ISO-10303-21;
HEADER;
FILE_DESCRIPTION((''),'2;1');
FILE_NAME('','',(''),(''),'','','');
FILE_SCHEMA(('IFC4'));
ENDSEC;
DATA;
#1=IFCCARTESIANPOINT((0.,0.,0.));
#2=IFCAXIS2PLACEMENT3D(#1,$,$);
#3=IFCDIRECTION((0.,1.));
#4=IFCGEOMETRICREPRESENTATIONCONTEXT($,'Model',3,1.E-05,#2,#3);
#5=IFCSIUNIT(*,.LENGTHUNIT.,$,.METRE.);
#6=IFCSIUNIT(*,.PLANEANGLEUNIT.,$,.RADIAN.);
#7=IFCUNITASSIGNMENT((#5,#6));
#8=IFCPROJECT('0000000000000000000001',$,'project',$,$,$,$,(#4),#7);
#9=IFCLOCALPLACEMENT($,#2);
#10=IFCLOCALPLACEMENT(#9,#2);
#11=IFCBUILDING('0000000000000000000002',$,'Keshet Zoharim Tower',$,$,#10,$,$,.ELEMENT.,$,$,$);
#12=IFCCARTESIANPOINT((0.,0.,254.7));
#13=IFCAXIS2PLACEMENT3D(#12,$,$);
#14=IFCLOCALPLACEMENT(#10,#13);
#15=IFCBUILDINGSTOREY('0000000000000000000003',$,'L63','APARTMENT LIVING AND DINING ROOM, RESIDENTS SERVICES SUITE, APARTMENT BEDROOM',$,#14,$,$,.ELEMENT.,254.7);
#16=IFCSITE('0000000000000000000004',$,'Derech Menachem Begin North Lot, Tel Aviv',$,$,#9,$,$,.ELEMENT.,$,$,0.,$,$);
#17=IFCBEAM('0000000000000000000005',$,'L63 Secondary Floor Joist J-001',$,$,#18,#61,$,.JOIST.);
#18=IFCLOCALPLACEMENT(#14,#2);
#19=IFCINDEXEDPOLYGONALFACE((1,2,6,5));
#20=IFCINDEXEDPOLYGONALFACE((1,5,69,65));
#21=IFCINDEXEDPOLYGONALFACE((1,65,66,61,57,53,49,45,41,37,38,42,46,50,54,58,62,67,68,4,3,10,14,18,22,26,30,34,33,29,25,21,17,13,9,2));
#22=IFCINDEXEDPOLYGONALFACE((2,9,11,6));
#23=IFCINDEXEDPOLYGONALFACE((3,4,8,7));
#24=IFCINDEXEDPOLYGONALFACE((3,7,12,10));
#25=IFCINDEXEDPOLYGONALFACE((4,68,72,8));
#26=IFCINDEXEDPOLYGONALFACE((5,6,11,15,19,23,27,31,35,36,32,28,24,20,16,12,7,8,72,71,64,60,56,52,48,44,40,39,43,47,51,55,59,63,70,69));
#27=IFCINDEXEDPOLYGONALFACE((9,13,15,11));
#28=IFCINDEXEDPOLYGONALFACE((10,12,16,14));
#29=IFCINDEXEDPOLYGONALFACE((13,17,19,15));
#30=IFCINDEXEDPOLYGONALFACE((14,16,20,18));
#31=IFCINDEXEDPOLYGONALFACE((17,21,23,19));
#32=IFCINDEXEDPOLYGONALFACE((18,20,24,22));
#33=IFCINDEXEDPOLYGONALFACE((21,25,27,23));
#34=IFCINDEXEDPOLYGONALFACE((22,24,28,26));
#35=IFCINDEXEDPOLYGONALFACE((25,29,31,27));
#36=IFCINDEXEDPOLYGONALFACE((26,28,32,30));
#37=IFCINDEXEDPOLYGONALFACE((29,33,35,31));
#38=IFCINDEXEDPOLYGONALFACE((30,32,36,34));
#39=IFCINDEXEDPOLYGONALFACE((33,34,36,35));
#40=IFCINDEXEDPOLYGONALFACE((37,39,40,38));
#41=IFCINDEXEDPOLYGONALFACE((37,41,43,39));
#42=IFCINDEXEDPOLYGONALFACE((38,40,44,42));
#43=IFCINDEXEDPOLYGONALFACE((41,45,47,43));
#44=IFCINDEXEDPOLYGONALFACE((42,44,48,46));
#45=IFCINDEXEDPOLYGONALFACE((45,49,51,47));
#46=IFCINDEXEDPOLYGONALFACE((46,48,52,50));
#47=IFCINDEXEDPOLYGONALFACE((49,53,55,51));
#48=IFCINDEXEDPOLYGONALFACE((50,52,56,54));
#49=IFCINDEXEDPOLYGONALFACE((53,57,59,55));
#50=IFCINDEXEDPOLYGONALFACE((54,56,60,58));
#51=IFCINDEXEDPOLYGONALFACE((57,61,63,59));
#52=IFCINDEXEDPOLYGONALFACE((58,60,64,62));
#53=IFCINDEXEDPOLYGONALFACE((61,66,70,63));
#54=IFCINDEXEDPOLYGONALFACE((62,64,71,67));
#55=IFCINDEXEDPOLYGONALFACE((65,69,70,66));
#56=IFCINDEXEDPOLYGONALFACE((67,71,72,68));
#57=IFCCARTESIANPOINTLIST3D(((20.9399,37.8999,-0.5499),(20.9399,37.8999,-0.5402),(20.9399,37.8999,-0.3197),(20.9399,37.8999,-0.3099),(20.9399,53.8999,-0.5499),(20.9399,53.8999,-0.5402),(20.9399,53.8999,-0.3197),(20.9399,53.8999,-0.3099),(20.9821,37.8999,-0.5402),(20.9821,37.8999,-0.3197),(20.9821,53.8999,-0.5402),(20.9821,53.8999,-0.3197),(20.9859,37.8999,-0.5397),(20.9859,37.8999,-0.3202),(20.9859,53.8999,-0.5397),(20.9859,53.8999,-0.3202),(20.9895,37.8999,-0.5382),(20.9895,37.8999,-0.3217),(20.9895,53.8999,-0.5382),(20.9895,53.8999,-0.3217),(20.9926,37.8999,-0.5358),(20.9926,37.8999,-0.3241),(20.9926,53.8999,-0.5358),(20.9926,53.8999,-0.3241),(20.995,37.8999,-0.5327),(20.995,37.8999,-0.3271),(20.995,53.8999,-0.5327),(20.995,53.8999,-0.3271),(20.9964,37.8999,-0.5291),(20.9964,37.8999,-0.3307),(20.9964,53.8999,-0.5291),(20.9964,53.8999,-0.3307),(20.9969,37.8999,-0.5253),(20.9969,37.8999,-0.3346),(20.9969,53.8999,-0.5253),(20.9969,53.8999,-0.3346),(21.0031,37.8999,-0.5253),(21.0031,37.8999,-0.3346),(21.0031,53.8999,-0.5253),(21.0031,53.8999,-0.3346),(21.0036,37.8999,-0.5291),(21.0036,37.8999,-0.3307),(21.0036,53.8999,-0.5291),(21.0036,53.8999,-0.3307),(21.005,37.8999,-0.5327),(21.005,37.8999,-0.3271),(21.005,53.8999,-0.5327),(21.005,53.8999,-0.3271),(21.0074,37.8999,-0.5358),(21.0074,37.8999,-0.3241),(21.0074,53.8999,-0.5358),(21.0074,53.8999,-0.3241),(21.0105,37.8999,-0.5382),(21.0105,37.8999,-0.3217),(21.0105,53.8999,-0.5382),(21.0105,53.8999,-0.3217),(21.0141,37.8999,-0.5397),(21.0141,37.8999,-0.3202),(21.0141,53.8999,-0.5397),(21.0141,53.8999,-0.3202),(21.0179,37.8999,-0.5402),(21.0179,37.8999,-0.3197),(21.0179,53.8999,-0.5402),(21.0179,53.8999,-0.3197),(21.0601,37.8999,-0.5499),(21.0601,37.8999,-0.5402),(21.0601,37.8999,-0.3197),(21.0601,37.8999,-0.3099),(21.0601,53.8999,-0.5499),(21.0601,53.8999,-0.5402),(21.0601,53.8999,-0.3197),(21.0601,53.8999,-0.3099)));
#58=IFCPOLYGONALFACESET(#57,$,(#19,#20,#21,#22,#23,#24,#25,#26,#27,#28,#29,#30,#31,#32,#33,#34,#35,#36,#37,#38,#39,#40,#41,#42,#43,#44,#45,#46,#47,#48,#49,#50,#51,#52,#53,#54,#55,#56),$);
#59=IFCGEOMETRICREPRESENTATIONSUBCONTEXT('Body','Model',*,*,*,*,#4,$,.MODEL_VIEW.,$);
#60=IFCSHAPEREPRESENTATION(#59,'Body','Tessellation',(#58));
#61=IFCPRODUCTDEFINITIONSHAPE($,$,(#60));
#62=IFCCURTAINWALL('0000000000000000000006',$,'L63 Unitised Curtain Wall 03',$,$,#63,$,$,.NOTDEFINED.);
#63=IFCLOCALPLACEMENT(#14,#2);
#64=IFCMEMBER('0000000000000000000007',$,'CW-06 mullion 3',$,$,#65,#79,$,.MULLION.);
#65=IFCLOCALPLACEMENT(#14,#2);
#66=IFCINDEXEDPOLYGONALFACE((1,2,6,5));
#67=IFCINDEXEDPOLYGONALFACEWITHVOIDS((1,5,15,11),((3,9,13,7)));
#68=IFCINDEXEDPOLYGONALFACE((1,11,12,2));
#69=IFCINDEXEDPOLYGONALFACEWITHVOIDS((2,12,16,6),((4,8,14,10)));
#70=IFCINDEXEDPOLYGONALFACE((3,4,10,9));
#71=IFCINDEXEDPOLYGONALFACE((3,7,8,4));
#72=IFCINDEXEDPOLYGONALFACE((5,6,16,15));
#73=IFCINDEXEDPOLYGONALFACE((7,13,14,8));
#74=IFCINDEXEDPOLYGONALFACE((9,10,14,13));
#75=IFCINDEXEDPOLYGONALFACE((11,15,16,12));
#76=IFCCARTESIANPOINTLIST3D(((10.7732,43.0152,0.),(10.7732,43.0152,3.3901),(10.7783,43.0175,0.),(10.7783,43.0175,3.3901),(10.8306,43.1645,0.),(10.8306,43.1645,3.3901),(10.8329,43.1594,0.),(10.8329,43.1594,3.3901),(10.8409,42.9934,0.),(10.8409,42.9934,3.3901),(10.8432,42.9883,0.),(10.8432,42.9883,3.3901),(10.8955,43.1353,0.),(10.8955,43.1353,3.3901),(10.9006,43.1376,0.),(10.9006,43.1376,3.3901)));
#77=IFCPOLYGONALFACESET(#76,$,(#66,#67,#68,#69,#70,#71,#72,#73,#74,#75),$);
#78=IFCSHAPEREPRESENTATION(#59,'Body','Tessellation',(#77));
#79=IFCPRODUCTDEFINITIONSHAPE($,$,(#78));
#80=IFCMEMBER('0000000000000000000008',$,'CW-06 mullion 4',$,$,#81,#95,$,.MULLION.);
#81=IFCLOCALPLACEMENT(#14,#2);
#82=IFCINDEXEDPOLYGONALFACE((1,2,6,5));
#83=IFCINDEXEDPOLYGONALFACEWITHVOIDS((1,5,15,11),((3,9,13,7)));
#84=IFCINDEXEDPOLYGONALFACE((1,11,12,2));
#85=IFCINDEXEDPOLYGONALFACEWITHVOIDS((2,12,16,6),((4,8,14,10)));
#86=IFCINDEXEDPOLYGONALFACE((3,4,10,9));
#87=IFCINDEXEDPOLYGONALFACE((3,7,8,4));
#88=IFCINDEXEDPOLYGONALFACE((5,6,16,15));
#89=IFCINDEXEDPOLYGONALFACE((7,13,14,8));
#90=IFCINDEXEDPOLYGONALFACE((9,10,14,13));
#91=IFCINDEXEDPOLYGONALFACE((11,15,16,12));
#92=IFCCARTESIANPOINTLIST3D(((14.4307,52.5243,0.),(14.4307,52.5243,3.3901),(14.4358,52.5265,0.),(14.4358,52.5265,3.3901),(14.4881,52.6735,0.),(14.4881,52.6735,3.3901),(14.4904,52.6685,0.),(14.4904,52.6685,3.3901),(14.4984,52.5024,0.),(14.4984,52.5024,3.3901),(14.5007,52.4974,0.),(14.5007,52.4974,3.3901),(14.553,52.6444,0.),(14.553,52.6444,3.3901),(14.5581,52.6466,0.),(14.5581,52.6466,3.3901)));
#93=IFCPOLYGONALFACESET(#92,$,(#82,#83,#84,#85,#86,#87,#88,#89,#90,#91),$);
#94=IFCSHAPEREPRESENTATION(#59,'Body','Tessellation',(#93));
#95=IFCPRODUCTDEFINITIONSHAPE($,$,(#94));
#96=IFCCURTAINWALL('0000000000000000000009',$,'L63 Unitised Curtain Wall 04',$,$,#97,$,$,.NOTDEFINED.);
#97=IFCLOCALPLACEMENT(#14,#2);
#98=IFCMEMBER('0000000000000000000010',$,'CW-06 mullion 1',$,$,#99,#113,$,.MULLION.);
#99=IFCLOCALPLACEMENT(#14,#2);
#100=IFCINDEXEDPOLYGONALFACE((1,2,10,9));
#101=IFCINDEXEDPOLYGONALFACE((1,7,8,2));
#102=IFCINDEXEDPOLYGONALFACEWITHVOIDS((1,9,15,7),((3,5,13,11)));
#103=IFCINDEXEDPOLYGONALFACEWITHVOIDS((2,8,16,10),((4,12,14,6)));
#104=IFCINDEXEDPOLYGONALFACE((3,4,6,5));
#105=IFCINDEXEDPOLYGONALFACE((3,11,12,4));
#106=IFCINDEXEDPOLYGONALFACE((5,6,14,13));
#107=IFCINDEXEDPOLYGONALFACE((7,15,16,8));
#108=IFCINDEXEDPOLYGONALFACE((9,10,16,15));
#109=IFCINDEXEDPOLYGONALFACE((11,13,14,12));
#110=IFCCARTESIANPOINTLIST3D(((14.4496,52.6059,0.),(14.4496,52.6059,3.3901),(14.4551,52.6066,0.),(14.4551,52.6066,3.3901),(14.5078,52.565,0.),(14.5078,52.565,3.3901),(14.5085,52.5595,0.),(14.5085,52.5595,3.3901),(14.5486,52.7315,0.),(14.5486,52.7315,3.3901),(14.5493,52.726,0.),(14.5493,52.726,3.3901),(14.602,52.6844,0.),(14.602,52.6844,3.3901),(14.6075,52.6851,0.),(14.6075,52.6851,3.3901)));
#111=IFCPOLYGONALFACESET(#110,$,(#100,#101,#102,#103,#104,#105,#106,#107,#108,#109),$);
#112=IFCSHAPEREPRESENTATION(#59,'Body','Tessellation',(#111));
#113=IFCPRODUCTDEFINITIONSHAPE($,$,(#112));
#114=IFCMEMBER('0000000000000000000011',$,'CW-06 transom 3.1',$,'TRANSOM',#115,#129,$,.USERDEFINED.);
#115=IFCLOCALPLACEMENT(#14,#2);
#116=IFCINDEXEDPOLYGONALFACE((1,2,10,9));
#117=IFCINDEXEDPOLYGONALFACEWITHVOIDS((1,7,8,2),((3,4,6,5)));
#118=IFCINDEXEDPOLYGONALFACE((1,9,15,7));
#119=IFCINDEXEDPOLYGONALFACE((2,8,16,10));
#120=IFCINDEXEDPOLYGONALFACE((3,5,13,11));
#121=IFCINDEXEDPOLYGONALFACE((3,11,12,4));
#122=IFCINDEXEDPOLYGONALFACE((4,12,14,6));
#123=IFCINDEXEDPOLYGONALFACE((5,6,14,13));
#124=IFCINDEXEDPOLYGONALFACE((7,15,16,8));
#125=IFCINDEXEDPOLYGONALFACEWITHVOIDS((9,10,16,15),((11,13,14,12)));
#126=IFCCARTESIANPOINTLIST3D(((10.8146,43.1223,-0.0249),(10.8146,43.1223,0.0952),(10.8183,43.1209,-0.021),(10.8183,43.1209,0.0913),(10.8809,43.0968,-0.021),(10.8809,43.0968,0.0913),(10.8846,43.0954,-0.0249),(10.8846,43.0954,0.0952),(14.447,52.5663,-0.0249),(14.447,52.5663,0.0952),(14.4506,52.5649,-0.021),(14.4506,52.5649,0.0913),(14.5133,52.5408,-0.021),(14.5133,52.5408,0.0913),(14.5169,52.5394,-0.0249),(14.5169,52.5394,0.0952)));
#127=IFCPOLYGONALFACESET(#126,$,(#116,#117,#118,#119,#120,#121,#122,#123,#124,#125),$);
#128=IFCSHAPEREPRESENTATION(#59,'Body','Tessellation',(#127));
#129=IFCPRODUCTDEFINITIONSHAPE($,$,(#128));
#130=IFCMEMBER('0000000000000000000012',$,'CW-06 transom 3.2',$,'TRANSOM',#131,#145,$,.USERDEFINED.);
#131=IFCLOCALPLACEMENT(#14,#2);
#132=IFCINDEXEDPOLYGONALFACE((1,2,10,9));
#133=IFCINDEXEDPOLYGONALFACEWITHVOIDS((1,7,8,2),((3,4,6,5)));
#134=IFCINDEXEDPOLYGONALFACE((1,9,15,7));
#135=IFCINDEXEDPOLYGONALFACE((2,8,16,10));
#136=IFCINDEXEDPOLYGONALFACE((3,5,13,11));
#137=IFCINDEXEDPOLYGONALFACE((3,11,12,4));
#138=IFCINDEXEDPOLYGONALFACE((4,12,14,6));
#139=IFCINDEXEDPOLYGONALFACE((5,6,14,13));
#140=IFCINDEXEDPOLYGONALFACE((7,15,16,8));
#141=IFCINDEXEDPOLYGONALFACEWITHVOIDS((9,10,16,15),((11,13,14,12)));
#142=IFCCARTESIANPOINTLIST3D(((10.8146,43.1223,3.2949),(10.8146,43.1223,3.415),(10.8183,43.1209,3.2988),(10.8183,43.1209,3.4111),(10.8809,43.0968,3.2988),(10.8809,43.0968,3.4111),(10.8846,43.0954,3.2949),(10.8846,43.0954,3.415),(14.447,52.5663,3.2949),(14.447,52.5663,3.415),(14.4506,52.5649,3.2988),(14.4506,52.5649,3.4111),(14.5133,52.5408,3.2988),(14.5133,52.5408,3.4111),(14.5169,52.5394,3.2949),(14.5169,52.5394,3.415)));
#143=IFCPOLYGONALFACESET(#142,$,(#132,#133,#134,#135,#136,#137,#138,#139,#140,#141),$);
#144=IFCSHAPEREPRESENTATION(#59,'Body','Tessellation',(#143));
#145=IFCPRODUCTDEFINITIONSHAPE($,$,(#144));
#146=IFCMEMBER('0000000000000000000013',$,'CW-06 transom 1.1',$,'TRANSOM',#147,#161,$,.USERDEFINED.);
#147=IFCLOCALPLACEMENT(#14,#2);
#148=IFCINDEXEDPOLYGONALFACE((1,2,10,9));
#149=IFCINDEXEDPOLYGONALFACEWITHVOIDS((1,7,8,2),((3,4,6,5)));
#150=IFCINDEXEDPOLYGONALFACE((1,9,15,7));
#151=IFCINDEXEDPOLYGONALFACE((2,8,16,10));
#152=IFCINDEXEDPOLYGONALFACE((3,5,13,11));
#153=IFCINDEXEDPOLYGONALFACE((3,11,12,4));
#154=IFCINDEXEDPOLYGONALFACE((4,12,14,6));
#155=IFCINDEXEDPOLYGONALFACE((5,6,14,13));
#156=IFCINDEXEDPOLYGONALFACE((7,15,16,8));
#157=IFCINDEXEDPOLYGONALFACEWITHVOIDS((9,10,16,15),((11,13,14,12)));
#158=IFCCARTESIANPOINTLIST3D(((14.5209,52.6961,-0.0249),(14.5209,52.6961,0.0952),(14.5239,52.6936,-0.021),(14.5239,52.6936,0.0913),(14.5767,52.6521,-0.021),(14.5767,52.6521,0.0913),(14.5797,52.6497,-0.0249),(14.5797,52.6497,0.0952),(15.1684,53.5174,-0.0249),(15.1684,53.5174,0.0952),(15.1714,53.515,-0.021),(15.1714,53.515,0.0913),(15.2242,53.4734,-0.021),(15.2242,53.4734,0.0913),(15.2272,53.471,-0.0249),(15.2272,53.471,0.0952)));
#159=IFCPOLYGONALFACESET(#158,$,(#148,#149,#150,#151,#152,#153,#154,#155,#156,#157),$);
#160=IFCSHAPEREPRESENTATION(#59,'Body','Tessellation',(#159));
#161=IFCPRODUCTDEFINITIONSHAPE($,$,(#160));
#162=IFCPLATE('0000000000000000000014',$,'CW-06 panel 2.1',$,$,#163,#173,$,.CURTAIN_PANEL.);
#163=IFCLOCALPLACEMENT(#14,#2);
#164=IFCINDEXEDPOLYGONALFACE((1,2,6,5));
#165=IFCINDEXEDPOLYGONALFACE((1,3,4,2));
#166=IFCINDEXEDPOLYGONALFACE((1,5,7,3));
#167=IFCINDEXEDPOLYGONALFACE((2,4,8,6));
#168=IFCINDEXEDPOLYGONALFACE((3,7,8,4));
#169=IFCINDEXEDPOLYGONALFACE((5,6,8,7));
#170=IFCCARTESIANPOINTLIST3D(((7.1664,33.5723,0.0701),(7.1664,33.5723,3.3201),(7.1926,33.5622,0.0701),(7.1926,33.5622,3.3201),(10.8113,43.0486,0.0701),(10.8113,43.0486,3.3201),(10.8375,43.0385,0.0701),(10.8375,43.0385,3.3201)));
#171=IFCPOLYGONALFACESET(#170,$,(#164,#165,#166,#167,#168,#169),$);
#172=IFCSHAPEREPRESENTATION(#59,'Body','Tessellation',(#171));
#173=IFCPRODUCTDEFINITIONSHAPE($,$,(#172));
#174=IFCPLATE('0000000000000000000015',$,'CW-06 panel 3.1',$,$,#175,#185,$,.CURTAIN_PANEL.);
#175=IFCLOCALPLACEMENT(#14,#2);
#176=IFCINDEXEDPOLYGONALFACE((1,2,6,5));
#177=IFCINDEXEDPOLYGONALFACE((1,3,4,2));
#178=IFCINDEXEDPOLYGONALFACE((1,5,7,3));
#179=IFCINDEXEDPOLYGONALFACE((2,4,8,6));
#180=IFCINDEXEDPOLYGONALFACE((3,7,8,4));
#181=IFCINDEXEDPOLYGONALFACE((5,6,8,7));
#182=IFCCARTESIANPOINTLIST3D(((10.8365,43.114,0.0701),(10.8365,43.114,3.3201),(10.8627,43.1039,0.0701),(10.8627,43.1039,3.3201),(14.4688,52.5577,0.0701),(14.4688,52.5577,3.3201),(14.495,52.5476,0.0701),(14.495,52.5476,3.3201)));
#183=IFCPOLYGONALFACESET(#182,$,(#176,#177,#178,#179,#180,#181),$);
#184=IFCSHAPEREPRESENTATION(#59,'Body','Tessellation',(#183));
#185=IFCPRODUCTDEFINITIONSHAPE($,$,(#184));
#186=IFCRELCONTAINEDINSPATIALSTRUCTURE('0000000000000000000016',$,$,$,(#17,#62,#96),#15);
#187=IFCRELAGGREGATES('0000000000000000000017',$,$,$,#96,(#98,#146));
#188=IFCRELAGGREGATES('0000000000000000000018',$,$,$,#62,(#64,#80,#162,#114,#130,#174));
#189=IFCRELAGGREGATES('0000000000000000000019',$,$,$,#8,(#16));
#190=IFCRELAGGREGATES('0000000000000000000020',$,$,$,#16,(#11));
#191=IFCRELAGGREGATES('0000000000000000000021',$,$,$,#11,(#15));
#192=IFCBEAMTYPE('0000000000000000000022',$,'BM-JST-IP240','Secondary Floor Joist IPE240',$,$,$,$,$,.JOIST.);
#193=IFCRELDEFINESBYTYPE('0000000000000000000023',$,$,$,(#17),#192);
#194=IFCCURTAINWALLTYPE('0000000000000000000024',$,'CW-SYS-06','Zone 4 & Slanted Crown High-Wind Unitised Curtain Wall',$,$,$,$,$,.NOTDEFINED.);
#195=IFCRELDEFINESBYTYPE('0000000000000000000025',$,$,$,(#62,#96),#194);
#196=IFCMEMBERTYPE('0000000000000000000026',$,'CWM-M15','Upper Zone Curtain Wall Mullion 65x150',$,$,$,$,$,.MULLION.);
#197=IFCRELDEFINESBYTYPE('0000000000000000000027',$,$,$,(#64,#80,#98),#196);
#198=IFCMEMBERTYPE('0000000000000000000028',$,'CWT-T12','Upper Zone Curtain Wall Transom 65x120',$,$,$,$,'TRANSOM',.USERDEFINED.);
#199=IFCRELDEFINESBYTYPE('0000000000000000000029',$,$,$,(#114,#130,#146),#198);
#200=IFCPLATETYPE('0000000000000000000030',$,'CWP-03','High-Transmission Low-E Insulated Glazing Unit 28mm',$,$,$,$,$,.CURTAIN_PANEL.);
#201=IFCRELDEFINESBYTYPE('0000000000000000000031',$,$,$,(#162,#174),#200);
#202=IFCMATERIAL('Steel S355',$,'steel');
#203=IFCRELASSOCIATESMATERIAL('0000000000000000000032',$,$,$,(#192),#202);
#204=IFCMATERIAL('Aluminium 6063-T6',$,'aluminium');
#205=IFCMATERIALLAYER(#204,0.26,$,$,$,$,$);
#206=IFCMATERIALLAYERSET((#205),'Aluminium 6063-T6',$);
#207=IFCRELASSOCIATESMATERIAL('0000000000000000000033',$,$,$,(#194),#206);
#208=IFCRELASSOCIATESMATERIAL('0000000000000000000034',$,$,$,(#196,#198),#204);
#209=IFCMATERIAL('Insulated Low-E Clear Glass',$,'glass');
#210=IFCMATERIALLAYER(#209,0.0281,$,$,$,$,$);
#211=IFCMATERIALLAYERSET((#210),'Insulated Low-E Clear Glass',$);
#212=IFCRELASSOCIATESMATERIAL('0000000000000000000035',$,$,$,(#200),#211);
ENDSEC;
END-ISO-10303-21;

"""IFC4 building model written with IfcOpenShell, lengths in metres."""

from ifc_helpers import new_model, si_unit, direction, frame, origin, origin_2d, place, context, subcontext, project, spatial, rectangle, hollow_rectangle, i_section, extrude, material, layer, layer_set, material_profile, profile_set, type_object, element, aggregate, save


model = new_model("IFC4")

# Units and contexts
model_context = context("Model", 3, precision=1e-05, world=origin(), true_north=direction((0.0, 1.0)))
body_context = subcontext(model_context, "Body", "Model", "MODEL_VIEW")
ifc_project = project(units=[si_unit("LENGTHUNIT", "METRE"), si_unit("PLANEANGLEUNIT", "RADIAN")], contexts=[model_context])

# Site, building, storey
site_placement = place(None, origin())
site = spatial("IfcSite", under=ifc_project, at=site_placement, Name="Derech Menachem Begin North Lot, Tel Aviv", CompositionType="ELEMENT", RefElevation=0.0)
building_placement = place(site_placement, origin())
building = spatial("IfcBuilding", under=site, at=building_placement, Name="Keshet Zoharim Tower", CompositionType="ELEMENT")
storey_placement = place(building_placement, frame((0.0, 0.0, 254.7)))
storey = spatial("IfcBuildingStorey", under=building, at=storey_placement, Name="L63", Description="APARTMENT LIVING AND DINING ROOM, RESIDENTS SERVICES SUITE, APARTMENT BEDROOM", CompositionType="ELEMENT", Elevation=254.7)

# Beam
ifc_material_1 = material(Name="Steel S355", Category="steel")
ifc_material_profile_1 = material_profile(ifc_material_1, i_section(OverallWidth=0.1201, OverallDepth=0.24, WebThickness=0.0061, FlangeThickness=0.0098, FilletRadius=0.0149, at=origin_2d()), Name="IPE240")
ifc_profile_set_1 = profile_set([ifc_material_profile_1], Name="Steel S355")
beam_type = type_object("IfcBeamType", Name="BM-JST-IP240", Description="Secondary Floor Joist IPE240", PredefinedType="JOIST", material=ifc_profile_set_1)
beam_placement = place(storey_placement, frame((21.0, 37.8999, -0.4299), z_axis=(0.0, 1.0, 0.0), x_axis=(-1.0, 0.0, 0.0)))
element("IfcBeam", 1, at=beam_placement, inside=storey, type_object=beam_type, Name="L63 Secondary Floor Joist J-001", PredefinedType="JOIST", context=body_context, shape_type="SweptSolid", body=[
    extrude(i_section(OverallWidth=0.1201, OverallDepth=0.24, WebThickness=0.0061, FlangeThickness=0.0098, FilletRadius=0.0149, at=origin_2d()), origin(), (0.0, 0.0, 1.0), 16.0),
])

# Curtain wall, members
ifc_material_2 = material(Name="Aluminium 6063-T6", Category="aluminium")
ifc_layer_1 = layer(ifc_material_2, 0.26)
ifc_layer_set_1 = layer_set([ifc_layer_1], Name="Aluminium 6063-T6")
curtain_wall_type = type_object("IfcCurtainWallType", Name="CW-SYS-06", Description="Zone 4 & Slanted Crown High-Wind Unitised Curtain Wall", PredefinedType="NOTDEFINED", material=ifc_layer_set_1)
curtain_wall_1_placement = place(storey_placement, origin())
curtain_wall_1 = element("IfcCurtainWall", 2, at=curtain_wall_1_placement, inside=storey, type_object=curtain_wall_type, Name="L63 Unitised Curtain Wall 03", PredefinedType="NOTDEFINED")
ifc_material_profile_2 = material_profile(ifc_material_2, hollow_rectangle(XDim=0.075, YDim=0.1599, WallThickness=0.0039, at=origin_2d()), Name="MUL-75x160")
ifc_profile_set_2 = profile_set([ifc_material_profile_2], Name="Aluminium 6063-T6")
member_type_1 = type_object("IfcMemberType", Name="CWM-M15", Description="Upper Zone Curtain Wall Mullion 65x150", PredefinedType="MULLION", material=ifc_profile_set_2)
member_1_placement = place(storey_placement, frame((10.8369, 43.0764, 0.0), z_axis=(0.0, 0.0, 1.0), x_axis=(-0.933341, 0.35899, 0.0)))
member_1 = element("IfcMember", 3, at=member_1_placement, type_object=member_type_1, Name="CW-06 mullion 3", PredefinedType="MULLION", context=body_context, shape_type="SweptSolid", body=[
    extrude(hollow_rectangle(XDim=0.075, YDim=0.1599, WallThickness=0.0039, at=origin_2d()), origin(), (0.0, 0.0, 1.0), 3.3901),
])
member_2_placement = place(storey_placement, frame((14.4944, 52.5854, 0.0), z_axis=(0.0, 0.0, 1.0), x_axis=(-0.933341, 0.35899, 0.0)))
member_2 = element("IfcMember", 4, at=member_2_placement, type_object=member_type_1, Name="CW-06 mullion 4", PredefinedType="MULLION", context=body_context, shape_type="SweptSolid", body=[
    extrude(hollow_rectangle(XDim=0.075, YDim=0.1599, WallThickness=0.0039, at=origin_2d()), origin(), (0.0, 0.0, 1.0), 3.3901),
])

# Curtain wall, member
curtain_wall_2_placement = place(storey_placement, origin())
curtain_wall_2 = element("IfcCurtainWall", 5, at=curtain_wall_2_placement, inside=storey, type_object=curtain_wall_type, Name="L63 Unitised Curtain Wall 04", PredefinedType="NOTDEFINED")
member_3_placement = place(storey_placement, frame((14.5286, 52.6455, 0.0), z_axis=(0.0, 0.0, 1.0), x_axis=(-0.785293, 0.619125, 0.0)))
member_3 = element("IfcMember", 6, at=member_3_placement, type_object=member_type_1, Name="CW-06 mullion 1", PredefinedType="MULLION", context=body_context, shape_type="SweptSolid", body=[
    extrude(hollow_rectangle(XDim=0.075, YDim=0.1599, WallThickness=0.0039, at=origin_2d()), origin(), (0.0, 0.0, 1.0), 3.3901),
])

# Members
ifc_material_profile_3 = material_profile(ifc_material_2, hollow_rectangle(XDim=0.075, YDim=0.1201, WallThickness=0.0039, at=origin_2d()), Name="TRN-75x120")
ifc_profile_set_3 = profile_set([ifc_material_profile_3], Name="Aluminium 6063-T6")
member_type_2 = type_object("IfcMemberType", Name="CWT-T12", Description="Upper Zone Curtain Wall Transom 65x120", ElementType="TRANSOM", PredefinedType="USERDEFINED", material=ifc_profile_set_3)
member_4_placement = place(storey_placement, frame((10.8496, 43.1089, 0.0352), z_axis=(0.358986, 0.933343, 0.0), x_axis=(-0.933343, 0.358986, 0.0)))
member_4 = element("IfcMember", 7, at=member_4_placement, type_object=member_type_2, Name="CW-06 transom 3.1", ObjectType="TRANSOM", PredefinedType="USERDEFINED", context=body_context, shape_type="SweptSolid", body=[
    extrude(hollow_rectangle(XDim=0.075, YDim=0.1201, WallThickness=0.0039, at=origin_2d()), origin(), (0.0, 0.0, 1.0), 10.1184),
])
member_5_placement = place(storey_placement, frame((10.8496, 43.1089, 3.355), z_axis=(0.358986, 0.933343, 0.0), x_axis=(-0.933343, 0.358986, 0.0)))
member_5 = element("IfcMember", 8, at=member_5_placement, type_object=member_type_2, Name="CW-06 transom 3.2", ObjectType="TRANSOM", PredefinedType="USERDEFINED", context=body_context, shape_type="SweptSolid", body=[
    extrude(hollow_rectangle(XDim=0.075, YDim=0.1201, WallThickness=0.0039, at=origin_2d()), origin(), (0.0, 0.0, 1.0), 10.1184),
])
member_6_placement = place(storey_placement, frame((14.5503, 52.6729, 0.0352), z_axis=(0.619099, 0.785313, 0.0), x_axis=(-0.785313, 0.619099, 0.0)))
member_6 = element("IfcMember", 9, at=member_6_placement, type_object=member_type_2, Name="CW-06 transom 1.1", ObjectType="TRANSOM", PredefinedType="USERDEFINED", context=body_context, shape_type="SweptSolid", body=[
    extrude(hollow_rectangle(XDim=0.075, YDim=0.1201, WallThickness=0.0039, at=origin_2d()), origin(), (0.0, 0.0, 1.0), 1.0459),
])
aggregate(curtain_wall_2, [member_3, member_6])

# Plates
ifc_material_3 = material(Name="Insulated Low-E Clear Glass", Category="glass")
ifc_layer_2 = layer(ifc_material_3, 0.0281)
ifc_layer_set_2 = layer_set([ifc_layer_2], Name="Insulated Low-E Clear Glass")
plate_type = type_object("IfcPlateType", Name="CWP-03", Description="High-Transmission Low-E Insulated Glazing Unit 28mm", PredefinedType="CURTAIN_PANEL", material=ifc_layer_set_2)
plate_1_placement = place(storey_placement, frame((9.002, 38.3054, 0.0701), z_axis=(0.0, 0.0, 1.0), x_axis=(0.35899, 0.933341, 0.0)))
plate_1 = element("IfcPlate", 10, at=plate_1_placement, type_object=plate_type, Name="CW-06 panel 2.1", PredefinedType="CURTAIN_PANEL", context=body_context, shape_type="SweptSolid", body=[
    extrude(rectangle(XDim=10.1531, YDim=0.0281, at=origin_2d()), origin(), (0.0, 0.0, 1.0), 3.25),
])
plate_2_placement = place(storey_placement, frame((12.6658, 47.8308, 0.0701), z_axis=(0.0, 0.0, 1.0), x_axis=(0.35899, 0.933341, 0.0)))
plate_2 = element("IfcPlate", 11, at=plate_2_placement, type_object=plate_type, Name="CW-06 panel 3.1", PredefinedType="CURTAIN_PANEL", context=body_context, shape_type="SweptSolid", body=[
    extrude(rectangle(XDim=10.1182, YDim=0.0281, at=origin_2d()), origin(), (0.0, 0.0, 1.0), 3.25),
])
aggregate(curtain_wall_1, [member_1, member_2, plate_1, member_4, member_5, plate_2])

save(model, "model.ifc")
